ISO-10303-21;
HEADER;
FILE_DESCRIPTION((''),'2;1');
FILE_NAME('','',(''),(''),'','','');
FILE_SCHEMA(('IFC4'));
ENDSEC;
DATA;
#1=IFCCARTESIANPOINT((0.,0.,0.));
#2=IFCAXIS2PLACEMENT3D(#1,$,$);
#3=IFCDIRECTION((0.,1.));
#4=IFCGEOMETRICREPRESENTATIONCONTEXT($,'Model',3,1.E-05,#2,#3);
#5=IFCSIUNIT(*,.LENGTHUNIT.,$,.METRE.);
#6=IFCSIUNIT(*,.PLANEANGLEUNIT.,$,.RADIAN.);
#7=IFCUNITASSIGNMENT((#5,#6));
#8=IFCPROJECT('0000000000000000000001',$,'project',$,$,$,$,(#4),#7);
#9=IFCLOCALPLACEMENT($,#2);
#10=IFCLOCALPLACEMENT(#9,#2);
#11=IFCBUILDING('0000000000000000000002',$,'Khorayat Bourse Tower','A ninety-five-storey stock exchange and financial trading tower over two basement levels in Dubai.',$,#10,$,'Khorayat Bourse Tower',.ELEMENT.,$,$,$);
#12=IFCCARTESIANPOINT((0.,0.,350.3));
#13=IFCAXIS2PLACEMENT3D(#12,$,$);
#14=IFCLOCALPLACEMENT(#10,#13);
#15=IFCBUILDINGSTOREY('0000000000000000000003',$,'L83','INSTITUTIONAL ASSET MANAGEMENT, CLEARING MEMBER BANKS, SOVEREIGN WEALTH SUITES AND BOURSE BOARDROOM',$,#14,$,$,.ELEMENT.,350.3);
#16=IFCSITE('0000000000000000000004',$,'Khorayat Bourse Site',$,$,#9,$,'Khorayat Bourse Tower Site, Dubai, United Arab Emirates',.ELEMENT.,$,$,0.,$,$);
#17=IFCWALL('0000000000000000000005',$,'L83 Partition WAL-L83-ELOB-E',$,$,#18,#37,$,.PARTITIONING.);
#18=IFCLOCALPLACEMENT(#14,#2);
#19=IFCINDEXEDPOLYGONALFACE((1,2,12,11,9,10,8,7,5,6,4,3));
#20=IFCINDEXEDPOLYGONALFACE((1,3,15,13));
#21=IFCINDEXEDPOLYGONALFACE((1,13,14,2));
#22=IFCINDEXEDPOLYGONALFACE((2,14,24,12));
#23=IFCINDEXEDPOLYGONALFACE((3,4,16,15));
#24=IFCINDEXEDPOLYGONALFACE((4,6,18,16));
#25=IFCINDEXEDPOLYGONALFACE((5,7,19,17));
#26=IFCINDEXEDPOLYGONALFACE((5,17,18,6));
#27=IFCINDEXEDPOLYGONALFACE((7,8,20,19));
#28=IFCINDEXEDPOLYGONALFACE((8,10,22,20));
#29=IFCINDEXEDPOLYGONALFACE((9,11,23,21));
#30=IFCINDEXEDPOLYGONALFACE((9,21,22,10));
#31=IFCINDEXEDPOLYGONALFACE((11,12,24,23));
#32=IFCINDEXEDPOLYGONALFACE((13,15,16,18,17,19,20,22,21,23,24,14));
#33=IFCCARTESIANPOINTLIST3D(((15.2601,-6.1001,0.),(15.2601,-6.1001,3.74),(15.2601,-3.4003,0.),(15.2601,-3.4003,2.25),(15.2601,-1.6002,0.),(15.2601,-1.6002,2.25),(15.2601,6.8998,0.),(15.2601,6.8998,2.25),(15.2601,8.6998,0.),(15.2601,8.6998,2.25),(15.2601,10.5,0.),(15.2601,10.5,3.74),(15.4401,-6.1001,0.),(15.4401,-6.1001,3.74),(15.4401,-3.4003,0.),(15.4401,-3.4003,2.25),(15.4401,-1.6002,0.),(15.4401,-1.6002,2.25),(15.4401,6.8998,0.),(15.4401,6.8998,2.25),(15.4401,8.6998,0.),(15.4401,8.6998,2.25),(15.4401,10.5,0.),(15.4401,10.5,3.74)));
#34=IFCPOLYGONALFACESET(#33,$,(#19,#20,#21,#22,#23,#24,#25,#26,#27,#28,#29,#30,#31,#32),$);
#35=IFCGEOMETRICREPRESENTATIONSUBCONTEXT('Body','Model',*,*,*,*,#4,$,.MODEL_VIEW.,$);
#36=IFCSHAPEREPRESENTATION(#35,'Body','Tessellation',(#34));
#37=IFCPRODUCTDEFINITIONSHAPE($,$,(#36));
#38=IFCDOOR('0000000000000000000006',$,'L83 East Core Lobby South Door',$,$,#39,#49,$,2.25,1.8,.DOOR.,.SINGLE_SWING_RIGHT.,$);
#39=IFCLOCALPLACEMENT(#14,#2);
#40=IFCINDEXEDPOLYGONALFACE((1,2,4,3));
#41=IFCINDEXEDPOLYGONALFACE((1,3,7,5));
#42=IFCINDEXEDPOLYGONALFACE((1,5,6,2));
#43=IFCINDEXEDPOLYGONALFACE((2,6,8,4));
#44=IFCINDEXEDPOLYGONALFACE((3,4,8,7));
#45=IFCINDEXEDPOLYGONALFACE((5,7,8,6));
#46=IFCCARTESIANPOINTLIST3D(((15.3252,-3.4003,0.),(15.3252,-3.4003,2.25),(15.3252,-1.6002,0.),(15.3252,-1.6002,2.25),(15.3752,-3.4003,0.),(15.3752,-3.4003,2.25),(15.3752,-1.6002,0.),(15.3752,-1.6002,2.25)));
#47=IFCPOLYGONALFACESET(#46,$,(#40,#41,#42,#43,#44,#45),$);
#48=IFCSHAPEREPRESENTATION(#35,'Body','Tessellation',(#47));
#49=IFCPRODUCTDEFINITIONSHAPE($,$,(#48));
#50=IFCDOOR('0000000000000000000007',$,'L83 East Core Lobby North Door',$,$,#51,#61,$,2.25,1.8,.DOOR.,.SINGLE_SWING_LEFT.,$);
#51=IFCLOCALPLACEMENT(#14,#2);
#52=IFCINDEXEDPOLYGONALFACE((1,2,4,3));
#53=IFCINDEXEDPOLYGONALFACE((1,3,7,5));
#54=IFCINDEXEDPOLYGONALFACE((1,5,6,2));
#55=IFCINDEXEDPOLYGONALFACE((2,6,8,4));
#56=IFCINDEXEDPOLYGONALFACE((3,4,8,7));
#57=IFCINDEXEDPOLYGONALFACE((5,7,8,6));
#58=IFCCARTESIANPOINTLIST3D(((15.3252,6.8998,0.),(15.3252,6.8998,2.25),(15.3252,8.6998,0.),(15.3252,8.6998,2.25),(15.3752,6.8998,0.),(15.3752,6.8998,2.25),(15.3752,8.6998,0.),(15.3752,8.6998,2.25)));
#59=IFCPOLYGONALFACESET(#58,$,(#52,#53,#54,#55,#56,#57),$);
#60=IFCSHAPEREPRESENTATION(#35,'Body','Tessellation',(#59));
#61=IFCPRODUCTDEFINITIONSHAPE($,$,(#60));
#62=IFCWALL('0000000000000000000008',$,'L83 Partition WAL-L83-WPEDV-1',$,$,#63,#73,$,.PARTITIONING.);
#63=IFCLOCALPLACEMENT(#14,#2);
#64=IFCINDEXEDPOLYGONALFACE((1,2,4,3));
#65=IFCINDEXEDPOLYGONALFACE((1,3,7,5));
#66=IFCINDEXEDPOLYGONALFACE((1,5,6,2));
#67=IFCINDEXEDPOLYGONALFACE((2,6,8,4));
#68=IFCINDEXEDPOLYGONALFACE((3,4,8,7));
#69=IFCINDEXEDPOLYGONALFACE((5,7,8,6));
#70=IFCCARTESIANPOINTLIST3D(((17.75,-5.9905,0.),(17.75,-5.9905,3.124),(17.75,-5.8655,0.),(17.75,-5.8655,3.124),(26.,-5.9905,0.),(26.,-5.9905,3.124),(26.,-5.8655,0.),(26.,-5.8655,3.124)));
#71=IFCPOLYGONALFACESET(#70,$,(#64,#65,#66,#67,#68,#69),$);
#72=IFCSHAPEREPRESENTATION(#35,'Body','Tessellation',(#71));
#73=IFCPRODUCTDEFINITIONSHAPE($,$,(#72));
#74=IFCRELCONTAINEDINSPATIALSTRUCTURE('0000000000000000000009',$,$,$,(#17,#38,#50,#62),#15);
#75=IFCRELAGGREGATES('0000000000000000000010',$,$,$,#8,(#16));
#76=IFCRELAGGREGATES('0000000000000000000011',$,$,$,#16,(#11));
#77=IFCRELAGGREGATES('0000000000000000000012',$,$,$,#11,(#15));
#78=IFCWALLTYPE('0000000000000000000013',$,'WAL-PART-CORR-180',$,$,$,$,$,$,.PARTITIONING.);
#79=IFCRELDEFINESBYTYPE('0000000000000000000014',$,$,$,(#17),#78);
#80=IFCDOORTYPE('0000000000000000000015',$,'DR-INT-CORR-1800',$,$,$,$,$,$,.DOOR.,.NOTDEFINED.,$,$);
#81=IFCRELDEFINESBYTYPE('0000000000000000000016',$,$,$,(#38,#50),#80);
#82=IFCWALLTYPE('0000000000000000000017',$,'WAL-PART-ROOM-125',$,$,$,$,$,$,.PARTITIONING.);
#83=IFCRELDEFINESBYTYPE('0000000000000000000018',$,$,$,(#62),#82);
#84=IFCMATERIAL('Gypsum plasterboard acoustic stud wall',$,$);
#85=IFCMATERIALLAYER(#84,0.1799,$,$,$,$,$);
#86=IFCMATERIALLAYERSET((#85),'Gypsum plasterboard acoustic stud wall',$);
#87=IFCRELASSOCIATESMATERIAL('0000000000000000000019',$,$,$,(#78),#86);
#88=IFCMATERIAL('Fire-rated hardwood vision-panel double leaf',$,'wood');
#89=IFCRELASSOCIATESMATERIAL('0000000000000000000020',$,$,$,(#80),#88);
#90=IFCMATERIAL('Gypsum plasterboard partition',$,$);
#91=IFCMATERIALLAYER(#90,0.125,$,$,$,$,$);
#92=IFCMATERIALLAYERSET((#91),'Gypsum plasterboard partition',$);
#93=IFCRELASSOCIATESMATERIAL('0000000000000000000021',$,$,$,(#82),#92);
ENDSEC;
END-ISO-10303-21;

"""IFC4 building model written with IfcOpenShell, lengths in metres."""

from ifc_helpers import new_model, si_unit, direction, frame, frame_2d, origin, place, context, subcontext, project, spatial, rectangle, extrude, source, transform, mapped, material, layer, layer_set, type_object, element, fill, save


model = new_model("IFC4")

# Units and contexts
model_context = context("Model", 3, precision=1e-05, world=origin(), true_north=direction((0.0, 1.0)))
body_context = subcontext(model_context, "Body", "Model", "MODEL_VIEW")
ifc_project = project(units=[si_unit("LENGTHUNIT", "METRE"), si_unit("PLANEANGLEUNIT", "RADIAN")], contexts=[model_context])

# Site, building, storey
site_placement = place(None, origin())
site = spatial("IfcSite", under=ifc_project, at=site_placement, Name="Khorayat Bourse Site", LongName="Khorayat Bourse Tower Site, Dubai, United Arab Emirates", CompositionType="ELEMENT", RefElevation=0.0)
building_placement = place(site_placement, origin())
building = spatial("IfcBuilding", under=site, at=building_placement, Name="Khorayat Bourse Tower", Description="A ninety-five-storey stock exchange and financial trading tower over two basement levels in Dubai.", LongName="Khorayat Bourse Tower", CompositionType="ELEMENT")
storey_placement = place(building_placement, frame((0.0, 0.0, 350.3)))
storey = spatial("IfcBuildingStorey", under=building, at=storey_placement, Name="L83", Description="INSTITUTIONAL ASSET MANAGEMENT, CLEARING MEMBER BANKS, SOVEREIGN WEALTH SUITES AND BOURSE BOARDROOM", CompositionType="ELEMENT", Elevation=350.3)

# Wall, openings, doors
ifc_material_1 = material(Name="Gypsum plasterboard acoustic stud wall")
ifc_layer_1 = layer(ifc_material_1, 0.1799)
ifc_layer_set_1 = layer_set([ifc_layer_1], Name="Gypsum plasterboard acoustic stud wall")
wall_type_1 = type_object("IfcWallType", Name="WAL-PART-CORR-180", PredefinedType="PARTITIONING", material=ifc_layer_set_1)
shared_shape_1 = source(origin(), body_context, "Body", "SweptSolid", [
    extrude(rectangle(XDim=16.6001, YDim=0.1799, at=frame_2d((8.3, 0.0))), origin(), (0.0, 0.0, 1.0), 3.74),
])
wall_1_placement = place(storey_placement, frame((15.3501, -6.1001, 0.0), z_axis=(0.0, 0.0, 1.0), x_axis=(0.0, 1.0, 0.0)))
wall_1 = element("IfcWall", 1, at=wall_1_placement, inside=storey, type_object=wall_type_1, Name="L83 Partition WAL-L83-ELOB-E", PredefinedType="PARTITIONING", context=body_context, shape_type="MappedRepresentation", body=[
    mapped(shared_shape_1, transform((0.0, 0.0, 0.0), scale=1.0)),
])
shared_shape_2 = source(origin(), body_context, "Body", "SweptSolid", [
    extrude(rectangle(XDim=1.8, YDim=2.25, at=frame_2d((0.8999, 1.125))), frame((0.0, 0.0999, 0.0), z_axis=(0.0, -1.0, 0.0), x_axis=(1.0, 0.0, 0.0)), (0.0, 0.0, 1.0), 0.2),
])
opening_1_placement = place(wall_1_placement, frame((2.7, 0.0, 0.0)))
opening_1 = element("IfcOpeningElement", 2, at=opening_1_placement, cuts=wall_1, PredefinedType="OPENING", context=body_context, shape_type="MappedRepresentation", body=[
    mapped(shared_shape_2, transform((0.0, 0.0, 0.0), scale=1.0)),
])
opening_2_placement = place(wall_1_placement, frame((13.0, 0.0, 0.0)))
opening_2 = element("IfcOpeningElement", 3, at=opening_2_placement, cuts=wall_1, PredefinedType="OPENING", context=body_context, shape_type="MappedRepresentation", body=[
    mapped(shared_shape_2, transform((0.0, 0.0, 0.0), scale=1.0)),
])
ifc_material_2 = material(Name="Fire-rated hardwood vision-panel double leaf", Category="wood")
door_type_1 = type_object("IfcDoorType", Name="DR-INT-CORR-1800", OperationType="NOTDEFINED", PredefinedType="DOOR", material=ifc_material_2)
shared_shape_3 = source(origin(), body_context, "Body", "SweptSolid", [
    extrude(rectangle(XDim=1.8, YDim=2.25, at=frame_2d((0.8999, 1.125))), frame((0.0, 0.0249, 0.0), z_axis=(0.0, -1.0, 0.0), x_axis=(1.0, 0.0, 0.0)), (0.0, 0.0, 1.0), 0.05),
])
door_1_placement = place(opening_1_placement, origin())
door_1 = element("IfcDoor", 4, at=door_1_placement, inside=storey, type_object=door_type_1, Name="L83 East Core Lobby South Door", OperationType="SINGLE_SWING_RIGHT", OverallHeight=2.25, OverallWidth=1.8, PredefinedType="DOOR", context=body_context, shape_type="MappedRepresentation", body=[
    mapped(shared_shape_3, transform((0.0, 0.0, 0.0), scale=1.0)),
])
fill(opening_1, door_1)
door_2_placement = place(opening_2_placement, origin())
door_2 = element("IfcDoor", 5, at=door_2_placement, inside=storey, type_object=door_type_1, Name="L83 East Core Lobby North Door", OperationType="SINGLE_SWING_LEFT", OverallHeight=2.25, OverallWidth=1.8, PredefinedType="DOOR", context=body_context, shape_type="MappedRepresentation", body=[
    mapped(shared_shape_3, transform((0.0, 0.0, 0.0), scale=1.0)),
])
fill(opening_2, door_2)

# Wall
ifc_material_3 = material(Name="Gypsum plasterboard partition")
ifc_layer_2 = layer(ifc_material_3, 0.125)
ifc_layer_set_2 = layer_set([ifc_layer_2], Name="Gypsum plasterboard partition")
wall_type_2 = type_object("IfcWallType", Name="WAL-PART-ROOM-125", PredefinedType="PARTITIONING", material=ifc_layer_set_2)
shared_shape_4 = source(origin(), body_context, "Body", "SweptSolid", [
    extrude(rectangle(XDim=8.25, YDim=0.125, at=frame_2d((4.125, 0.0))), origin(), (0.0, 0.0, 1.0), 3.124),
])
wall_2_placement = place(storey_placement, frame((17.75, -5.928, 0.0), z_axis=(0.0, 0.0, 1.0), x_axis=(1.0, 0.0, 0.0)))
element("IfcWall", 6, at=wall_2_placement, inside=storey, type_object=wall_type_2, Name="L83 Partition WAL-L83-WPEDV-1", PredefinedType="PARTITIONING", context=body_context, shape_type="MappedRepresentation", body=[
    mapped(shared_shape_4, transform((0.0, 0.0, 0.0), scale=1.0)),
])

save(model, "model.ifc")
